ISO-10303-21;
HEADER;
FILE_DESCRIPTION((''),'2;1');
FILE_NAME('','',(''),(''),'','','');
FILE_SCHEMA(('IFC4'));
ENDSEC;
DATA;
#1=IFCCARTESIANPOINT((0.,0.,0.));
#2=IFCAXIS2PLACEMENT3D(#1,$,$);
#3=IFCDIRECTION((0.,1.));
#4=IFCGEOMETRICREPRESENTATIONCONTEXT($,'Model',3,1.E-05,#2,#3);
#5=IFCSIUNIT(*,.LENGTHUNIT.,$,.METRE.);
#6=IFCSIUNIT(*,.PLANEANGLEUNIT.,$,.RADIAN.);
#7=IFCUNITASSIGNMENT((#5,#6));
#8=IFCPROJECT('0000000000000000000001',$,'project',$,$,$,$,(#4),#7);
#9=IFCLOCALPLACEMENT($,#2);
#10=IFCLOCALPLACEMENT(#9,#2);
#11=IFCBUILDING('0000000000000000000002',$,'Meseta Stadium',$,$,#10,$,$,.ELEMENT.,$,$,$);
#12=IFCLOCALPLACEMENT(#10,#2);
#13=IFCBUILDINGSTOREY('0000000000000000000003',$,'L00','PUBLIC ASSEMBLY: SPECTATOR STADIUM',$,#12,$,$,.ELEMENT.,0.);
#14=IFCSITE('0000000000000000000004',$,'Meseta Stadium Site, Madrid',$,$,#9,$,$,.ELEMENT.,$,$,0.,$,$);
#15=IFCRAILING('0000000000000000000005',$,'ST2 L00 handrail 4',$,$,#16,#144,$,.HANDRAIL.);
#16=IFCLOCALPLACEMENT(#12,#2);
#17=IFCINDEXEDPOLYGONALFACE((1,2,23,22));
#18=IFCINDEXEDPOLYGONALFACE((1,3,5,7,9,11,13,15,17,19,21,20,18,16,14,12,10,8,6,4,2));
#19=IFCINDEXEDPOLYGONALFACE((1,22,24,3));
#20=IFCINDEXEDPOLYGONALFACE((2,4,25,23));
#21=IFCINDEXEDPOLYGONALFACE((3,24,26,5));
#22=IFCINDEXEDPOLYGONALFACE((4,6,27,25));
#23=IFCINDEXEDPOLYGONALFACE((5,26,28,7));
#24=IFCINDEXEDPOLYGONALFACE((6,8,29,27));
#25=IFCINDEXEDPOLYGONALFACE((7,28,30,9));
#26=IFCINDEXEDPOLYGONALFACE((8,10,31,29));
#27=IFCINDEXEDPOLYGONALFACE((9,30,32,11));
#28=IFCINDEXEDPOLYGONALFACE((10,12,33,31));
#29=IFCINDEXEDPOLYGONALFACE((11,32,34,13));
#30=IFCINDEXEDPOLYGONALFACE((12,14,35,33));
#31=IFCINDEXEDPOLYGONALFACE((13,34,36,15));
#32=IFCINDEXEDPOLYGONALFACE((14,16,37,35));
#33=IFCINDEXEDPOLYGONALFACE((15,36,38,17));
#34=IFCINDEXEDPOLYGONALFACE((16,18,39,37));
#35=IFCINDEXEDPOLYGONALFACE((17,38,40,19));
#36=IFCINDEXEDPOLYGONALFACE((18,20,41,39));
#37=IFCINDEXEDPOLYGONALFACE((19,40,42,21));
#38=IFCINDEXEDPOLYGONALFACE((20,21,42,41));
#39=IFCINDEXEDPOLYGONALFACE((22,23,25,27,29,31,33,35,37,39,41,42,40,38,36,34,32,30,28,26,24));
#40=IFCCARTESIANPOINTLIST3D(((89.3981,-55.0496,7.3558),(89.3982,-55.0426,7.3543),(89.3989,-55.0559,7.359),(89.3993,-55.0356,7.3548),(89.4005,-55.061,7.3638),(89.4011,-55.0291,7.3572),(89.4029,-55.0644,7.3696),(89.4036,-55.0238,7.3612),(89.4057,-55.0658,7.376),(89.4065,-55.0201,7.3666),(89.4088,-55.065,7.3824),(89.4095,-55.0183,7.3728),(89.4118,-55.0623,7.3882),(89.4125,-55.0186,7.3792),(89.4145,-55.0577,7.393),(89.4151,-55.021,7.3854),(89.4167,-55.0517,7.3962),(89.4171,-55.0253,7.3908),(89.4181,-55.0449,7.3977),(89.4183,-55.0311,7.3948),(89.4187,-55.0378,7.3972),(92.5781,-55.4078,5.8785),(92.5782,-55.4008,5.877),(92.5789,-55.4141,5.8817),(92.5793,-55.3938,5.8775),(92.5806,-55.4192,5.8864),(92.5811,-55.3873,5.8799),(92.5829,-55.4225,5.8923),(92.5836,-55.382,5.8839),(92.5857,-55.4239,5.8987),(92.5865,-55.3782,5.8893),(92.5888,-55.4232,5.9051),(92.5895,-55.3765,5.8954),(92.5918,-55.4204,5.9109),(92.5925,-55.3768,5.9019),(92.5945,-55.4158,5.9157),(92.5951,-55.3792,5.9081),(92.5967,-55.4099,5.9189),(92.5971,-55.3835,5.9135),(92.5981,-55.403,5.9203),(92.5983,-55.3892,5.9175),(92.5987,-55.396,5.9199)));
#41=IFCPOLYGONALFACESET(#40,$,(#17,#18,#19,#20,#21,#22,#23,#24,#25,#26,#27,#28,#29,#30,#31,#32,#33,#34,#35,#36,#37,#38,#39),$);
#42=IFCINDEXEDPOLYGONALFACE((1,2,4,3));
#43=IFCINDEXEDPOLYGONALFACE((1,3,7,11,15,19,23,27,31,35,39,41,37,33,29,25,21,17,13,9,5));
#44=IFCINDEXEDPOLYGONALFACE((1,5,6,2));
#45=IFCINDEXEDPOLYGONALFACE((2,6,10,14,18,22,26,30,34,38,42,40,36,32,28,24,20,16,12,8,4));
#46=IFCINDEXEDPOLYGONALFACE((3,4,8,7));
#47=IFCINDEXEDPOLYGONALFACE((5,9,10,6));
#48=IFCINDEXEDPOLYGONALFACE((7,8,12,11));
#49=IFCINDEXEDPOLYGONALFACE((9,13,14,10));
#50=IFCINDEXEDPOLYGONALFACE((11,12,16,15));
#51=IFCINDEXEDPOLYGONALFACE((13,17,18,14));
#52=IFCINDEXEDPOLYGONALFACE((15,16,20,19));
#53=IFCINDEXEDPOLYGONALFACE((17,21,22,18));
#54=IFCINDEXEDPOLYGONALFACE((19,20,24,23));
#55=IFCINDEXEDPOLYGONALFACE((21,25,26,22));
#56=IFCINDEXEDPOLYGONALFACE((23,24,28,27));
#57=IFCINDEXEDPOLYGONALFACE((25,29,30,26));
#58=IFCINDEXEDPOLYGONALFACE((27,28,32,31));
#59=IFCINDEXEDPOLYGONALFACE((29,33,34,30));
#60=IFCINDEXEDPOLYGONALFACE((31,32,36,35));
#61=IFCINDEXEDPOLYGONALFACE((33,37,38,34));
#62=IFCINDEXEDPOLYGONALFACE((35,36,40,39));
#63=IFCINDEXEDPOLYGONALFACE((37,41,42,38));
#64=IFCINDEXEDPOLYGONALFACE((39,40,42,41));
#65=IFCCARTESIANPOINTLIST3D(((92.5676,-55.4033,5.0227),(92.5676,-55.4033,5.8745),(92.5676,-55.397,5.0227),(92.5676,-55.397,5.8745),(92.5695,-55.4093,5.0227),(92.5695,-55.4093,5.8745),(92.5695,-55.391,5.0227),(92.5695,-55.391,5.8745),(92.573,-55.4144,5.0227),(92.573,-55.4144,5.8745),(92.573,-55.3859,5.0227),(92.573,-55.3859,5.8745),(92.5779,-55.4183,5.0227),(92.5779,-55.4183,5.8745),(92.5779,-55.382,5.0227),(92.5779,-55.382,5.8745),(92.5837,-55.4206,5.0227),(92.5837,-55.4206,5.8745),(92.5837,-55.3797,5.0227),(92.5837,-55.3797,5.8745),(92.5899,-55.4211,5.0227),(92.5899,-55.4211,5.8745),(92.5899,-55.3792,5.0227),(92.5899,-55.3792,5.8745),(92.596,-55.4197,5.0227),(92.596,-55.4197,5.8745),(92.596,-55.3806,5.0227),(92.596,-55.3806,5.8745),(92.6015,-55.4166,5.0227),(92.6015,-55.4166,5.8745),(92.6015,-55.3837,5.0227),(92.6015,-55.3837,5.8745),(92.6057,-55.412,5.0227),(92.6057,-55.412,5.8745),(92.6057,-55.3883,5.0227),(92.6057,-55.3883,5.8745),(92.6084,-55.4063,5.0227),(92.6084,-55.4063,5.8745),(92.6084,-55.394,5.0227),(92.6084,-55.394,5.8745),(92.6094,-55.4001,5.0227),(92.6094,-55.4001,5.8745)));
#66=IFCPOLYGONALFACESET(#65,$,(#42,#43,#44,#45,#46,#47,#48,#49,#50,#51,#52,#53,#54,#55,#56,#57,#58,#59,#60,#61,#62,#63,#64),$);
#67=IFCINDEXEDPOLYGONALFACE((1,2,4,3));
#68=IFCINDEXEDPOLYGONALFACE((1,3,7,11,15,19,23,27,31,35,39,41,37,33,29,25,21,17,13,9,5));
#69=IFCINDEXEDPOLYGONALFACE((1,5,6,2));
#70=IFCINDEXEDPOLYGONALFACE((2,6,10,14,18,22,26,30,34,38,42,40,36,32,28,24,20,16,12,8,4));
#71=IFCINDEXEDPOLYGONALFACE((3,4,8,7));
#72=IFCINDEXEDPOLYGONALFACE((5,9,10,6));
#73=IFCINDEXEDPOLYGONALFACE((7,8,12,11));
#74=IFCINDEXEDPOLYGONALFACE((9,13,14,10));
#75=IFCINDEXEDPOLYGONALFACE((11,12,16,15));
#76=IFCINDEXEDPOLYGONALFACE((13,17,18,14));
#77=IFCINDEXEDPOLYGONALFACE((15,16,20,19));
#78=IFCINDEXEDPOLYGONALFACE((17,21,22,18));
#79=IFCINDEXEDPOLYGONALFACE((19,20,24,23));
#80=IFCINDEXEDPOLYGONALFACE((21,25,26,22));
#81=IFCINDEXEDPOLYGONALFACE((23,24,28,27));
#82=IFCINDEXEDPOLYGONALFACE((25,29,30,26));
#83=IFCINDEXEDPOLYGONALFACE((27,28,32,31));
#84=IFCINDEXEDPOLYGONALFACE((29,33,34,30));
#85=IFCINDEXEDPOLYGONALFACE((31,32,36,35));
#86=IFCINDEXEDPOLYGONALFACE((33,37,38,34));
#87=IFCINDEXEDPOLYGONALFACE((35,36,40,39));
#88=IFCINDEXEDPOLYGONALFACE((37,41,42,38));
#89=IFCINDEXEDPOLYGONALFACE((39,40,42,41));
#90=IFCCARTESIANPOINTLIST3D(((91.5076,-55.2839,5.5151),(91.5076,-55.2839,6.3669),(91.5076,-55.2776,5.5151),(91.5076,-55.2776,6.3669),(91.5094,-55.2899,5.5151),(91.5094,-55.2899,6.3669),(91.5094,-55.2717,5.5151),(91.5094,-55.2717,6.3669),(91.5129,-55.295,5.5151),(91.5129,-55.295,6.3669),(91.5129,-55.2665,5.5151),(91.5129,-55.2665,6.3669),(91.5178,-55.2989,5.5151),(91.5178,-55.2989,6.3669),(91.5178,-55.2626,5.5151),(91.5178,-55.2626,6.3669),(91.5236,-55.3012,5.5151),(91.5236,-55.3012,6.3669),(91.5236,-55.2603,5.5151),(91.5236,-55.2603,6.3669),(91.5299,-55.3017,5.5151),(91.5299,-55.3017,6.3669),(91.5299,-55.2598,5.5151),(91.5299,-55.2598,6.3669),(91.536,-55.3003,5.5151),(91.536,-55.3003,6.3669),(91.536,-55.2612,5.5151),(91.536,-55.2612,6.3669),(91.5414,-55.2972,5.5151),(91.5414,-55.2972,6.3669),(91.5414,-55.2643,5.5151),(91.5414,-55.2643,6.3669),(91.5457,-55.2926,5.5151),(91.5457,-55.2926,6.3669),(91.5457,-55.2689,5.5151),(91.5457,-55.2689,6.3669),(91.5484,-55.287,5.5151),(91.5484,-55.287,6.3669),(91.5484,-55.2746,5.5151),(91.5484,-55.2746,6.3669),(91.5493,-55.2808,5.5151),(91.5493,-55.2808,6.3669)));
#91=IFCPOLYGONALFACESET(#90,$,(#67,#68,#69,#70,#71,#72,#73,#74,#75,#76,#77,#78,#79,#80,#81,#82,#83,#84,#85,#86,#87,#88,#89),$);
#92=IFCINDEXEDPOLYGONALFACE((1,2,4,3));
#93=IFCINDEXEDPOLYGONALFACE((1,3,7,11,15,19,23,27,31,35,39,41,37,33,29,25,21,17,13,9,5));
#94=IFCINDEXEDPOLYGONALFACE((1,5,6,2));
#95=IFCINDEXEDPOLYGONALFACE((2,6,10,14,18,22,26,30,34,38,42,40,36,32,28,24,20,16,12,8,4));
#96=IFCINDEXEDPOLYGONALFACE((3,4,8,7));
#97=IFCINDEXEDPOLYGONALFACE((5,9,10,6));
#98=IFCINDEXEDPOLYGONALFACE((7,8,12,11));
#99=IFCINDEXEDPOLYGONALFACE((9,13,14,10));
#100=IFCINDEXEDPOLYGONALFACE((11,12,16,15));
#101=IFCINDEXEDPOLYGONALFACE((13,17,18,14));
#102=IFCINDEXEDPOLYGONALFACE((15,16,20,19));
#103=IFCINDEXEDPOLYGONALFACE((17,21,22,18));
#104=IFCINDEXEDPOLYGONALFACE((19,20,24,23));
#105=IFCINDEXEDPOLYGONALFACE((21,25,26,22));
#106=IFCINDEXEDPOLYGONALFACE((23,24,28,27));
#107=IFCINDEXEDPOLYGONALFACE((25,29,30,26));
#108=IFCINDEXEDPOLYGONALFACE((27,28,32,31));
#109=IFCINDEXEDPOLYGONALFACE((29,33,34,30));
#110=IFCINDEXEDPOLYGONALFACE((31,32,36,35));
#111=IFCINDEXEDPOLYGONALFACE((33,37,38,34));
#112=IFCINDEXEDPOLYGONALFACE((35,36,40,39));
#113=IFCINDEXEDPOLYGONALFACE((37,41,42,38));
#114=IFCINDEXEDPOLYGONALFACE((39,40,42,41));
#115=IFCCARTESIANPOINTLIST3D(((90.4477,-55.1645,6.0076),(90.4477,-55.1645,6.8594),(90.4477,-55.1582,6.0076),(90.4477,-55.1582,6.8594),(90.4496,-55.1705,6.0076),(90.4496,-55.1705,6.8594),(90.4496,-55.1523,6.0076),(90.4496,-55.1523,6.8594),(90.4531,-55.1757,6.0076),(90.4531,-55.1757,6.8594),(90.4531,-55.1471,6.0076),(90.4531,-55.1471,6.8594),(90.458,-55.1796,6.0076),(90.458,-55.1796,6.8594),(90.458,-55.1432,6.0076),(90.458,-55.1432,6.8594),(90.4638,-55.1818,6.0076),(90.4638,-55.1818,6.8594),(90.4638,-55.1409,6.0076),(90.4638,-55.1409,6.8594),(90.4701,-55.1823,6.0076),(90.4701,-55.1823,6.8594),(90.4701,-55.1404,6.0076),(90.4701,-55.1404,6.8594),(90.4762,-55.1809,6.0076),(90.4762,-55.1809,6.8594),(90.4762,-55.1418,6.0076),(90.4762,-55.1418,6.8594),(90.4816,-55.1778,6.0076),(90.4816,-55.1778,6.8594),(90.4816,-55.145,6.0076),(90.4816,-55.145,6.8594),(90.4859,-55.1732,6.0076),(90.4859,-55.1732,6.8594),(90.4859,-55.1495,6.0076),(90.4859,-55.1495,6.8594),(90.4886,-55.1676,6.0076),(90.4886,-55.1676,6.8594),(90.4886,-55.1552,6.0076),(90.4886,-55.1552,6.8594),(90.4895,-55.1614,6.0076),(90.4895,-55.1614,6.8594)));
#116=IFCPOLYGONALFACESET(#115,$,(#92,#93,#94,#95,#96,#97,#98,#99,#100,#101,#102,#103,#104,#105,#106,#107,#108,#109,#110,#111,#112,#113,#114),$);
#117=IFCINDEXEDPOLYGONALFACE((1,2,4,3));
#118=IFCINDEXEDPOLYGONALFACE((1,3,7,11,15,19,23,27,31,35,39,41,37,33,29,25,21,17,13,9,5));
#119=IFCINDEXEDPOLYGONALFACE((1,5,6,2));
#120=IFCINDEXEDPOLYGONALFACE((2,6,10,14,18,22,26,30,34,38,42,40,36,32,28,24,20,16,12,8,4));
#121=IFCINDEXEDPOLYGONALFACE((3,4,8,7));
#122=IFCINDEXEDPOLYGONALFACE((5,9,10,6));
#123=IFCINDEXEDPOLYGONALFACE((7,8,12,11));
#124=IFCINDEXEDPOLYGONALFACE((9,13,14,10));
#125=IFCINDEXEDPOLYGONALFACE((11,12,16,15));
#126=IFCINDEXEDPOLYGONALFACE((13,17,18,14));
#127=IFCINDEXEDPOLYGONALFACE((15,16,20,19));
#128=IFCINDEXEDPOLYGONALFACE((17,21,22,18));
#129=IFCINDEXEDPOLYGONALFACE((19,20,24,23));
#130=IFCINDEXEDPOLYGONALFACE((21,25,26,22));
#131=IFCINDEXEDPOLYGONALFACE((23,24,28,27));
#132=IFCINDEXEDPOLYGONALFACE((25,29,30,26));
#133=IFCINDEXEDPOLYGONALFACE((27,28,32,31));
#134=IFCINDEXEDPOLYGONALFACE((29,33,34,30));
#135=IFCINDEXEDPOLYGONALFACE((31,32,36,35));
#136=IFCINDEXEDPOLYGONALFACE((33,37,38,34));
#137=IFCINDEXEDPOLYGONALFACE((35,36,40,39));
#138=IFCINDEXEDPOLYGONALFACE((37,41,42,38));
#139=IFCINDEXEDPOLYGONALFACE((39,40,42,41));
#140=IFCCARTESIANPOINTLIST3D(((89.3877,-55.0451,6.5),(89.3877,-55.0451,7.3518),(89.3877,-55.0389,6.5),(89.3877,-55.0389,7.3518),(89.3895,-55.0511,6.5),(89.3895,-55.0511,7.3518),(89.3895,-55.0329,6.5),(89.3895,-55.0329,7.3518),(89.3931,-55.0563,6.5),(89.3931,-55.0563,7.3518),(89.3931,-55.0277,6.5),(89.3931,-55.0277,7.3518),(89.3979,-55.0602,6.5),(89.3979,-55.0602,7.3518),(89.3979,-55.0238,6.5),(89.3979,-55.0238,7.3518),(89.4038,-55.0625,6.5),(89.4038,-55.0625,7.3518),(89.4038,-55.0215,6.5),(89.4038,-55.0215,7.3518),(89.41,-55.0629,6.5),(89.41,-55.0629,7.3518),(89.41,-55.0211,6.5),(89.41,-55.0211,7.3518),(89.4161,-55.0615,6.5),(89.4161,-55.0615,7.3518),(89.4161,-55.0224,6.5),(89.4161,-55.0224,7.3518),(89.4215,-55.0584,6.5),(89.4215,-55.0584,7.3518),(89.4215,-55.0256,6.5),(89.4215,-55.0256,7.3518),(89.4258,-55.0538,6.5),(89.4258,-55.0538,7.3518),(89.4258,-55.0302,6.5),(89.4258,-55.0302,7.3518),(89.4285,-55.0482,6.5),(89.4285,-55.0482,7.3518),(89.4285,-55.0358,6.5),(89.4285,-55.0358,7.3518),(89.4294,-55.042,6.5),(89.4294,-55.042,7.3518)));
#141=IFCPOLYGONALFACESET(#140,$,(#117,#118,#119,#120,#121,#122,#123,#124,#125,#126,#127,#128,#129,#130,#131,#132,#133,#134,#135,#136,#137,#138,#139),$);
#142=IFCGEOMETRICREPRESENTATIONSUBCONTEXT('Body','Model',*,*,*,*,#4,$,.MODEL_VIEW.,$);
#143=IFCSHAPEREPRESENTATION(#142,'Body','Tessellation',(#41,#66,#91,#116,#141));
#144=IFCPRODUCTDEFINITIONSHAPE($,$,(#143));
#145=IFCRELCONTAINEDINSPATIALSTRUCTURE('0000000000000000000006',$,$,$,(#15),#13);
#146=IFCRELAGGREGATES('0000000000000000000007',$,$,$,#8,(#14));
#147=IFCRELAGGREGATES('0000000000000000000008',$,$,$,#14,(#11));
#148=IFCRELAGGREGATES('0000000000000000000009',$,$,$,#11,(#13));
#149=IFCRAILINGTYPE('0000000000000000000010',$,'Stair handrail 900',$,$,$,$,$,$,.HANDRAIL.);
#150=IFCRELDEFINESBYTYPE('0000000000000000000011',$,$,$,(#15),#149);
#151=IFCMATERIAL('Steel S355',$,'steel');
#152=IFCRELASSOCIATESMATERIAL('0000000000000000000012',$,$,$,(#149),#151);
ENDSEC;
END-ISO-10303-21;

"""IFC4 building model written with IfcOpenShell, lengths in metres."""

from ifc_helpers import new_model, si_unit, direction, frame, origin, origin_2d, place, context, subcontext, project, spatial, circle, extrude, material, type_object, element, save


model = new_model("IFC4")

# Units and contexts
model_context = context("Model", 3, precision=1e-05, world=origin(), true_north=direction((0.0, 1.0)))
body_context = subcontext(model_context, "Body", "Model", "MODEL_VIEW")
ifc_project = project(units=[si_unit("LENGTHUNIT", "METRE"), si_unit("PLANEANGLEUNIT", "RADIAN")], contexts=[model_context])

# Site, building, storey
site_placement = place(None, origin())
site = spatial("IfcSite", under=ifc_project, at=site_placement, Name="Meseta Stadium Site, Madrid", CompositionType="ELEMENT", RefElevation=0.0)
building_placement = place(site_placement, origin())
building = spatial("IfcBuilding", under=site, at=building_placement, Name="Meseta Stadium", CompositionType="ELEMENT")
storey_placement = place(building_placement, origin())
storey = spatial("IfcBuildingStorey", under=building, at=storey_placement, Name="L00", Description="PUBLIC ASSEMBLY: SPECTATOR STADIUM", CompositionType="ELEMENT", Elevation=0.0)

# Railing
ifc_material_1 = material(Name="Steel S355", Category="steel")
railing_type_1 = type_object("IfcRailingType", Name="Stair handrail 900", PredefinedType="HANDRAIL", material=ifc_material_1)
for number, where, name in (
    (1, (92.5884, -55.4001, 5.0227), "ST2 L00 handrail 4"),
):
    element("IfcRailing", number, at=place(storey_placement, frame(where)), inside=storey, type_object=railing_type_1, Name=name, PredefinedType="HANDRAIL", context=body_context, shape_type="SweptSolid", body=[
        extrude(circle(Radius=0.0239, at=origin_2d()), frame((0.0, 0.0, 0.876), z_axis=(-0.902217, 0.101616, 0.419141), x_axis=(-0.111922, -0.993717, 0.0)), (0.0, 0.0, 1.0), 3.5247),
        extrude(circle(Radius=0.021, at=origin_2d()), origin(), (0.0, 0.0, 1.0), 0.8518),
        extrude(circle(Radius=0.021, at=origin_2d()), frame((-1.0601, 0.1194, 0.4924)), (0.0, 0.0, 1.0), 0.8518),
        extrude(circle(Radius=0.021, at=origin_2d()), frame((-2.1199, 0.2388, 0.9849)), (0.0, 0.0, 1.0), 0.8518),
        extrude(circle(Radius=0.021, at=origin_2d()), frame((-3.1799, 0.3582, 1.4773)), (0.0, 0.0, 1.0), 0.8518),
    ])

save(model, "model.ifc")
